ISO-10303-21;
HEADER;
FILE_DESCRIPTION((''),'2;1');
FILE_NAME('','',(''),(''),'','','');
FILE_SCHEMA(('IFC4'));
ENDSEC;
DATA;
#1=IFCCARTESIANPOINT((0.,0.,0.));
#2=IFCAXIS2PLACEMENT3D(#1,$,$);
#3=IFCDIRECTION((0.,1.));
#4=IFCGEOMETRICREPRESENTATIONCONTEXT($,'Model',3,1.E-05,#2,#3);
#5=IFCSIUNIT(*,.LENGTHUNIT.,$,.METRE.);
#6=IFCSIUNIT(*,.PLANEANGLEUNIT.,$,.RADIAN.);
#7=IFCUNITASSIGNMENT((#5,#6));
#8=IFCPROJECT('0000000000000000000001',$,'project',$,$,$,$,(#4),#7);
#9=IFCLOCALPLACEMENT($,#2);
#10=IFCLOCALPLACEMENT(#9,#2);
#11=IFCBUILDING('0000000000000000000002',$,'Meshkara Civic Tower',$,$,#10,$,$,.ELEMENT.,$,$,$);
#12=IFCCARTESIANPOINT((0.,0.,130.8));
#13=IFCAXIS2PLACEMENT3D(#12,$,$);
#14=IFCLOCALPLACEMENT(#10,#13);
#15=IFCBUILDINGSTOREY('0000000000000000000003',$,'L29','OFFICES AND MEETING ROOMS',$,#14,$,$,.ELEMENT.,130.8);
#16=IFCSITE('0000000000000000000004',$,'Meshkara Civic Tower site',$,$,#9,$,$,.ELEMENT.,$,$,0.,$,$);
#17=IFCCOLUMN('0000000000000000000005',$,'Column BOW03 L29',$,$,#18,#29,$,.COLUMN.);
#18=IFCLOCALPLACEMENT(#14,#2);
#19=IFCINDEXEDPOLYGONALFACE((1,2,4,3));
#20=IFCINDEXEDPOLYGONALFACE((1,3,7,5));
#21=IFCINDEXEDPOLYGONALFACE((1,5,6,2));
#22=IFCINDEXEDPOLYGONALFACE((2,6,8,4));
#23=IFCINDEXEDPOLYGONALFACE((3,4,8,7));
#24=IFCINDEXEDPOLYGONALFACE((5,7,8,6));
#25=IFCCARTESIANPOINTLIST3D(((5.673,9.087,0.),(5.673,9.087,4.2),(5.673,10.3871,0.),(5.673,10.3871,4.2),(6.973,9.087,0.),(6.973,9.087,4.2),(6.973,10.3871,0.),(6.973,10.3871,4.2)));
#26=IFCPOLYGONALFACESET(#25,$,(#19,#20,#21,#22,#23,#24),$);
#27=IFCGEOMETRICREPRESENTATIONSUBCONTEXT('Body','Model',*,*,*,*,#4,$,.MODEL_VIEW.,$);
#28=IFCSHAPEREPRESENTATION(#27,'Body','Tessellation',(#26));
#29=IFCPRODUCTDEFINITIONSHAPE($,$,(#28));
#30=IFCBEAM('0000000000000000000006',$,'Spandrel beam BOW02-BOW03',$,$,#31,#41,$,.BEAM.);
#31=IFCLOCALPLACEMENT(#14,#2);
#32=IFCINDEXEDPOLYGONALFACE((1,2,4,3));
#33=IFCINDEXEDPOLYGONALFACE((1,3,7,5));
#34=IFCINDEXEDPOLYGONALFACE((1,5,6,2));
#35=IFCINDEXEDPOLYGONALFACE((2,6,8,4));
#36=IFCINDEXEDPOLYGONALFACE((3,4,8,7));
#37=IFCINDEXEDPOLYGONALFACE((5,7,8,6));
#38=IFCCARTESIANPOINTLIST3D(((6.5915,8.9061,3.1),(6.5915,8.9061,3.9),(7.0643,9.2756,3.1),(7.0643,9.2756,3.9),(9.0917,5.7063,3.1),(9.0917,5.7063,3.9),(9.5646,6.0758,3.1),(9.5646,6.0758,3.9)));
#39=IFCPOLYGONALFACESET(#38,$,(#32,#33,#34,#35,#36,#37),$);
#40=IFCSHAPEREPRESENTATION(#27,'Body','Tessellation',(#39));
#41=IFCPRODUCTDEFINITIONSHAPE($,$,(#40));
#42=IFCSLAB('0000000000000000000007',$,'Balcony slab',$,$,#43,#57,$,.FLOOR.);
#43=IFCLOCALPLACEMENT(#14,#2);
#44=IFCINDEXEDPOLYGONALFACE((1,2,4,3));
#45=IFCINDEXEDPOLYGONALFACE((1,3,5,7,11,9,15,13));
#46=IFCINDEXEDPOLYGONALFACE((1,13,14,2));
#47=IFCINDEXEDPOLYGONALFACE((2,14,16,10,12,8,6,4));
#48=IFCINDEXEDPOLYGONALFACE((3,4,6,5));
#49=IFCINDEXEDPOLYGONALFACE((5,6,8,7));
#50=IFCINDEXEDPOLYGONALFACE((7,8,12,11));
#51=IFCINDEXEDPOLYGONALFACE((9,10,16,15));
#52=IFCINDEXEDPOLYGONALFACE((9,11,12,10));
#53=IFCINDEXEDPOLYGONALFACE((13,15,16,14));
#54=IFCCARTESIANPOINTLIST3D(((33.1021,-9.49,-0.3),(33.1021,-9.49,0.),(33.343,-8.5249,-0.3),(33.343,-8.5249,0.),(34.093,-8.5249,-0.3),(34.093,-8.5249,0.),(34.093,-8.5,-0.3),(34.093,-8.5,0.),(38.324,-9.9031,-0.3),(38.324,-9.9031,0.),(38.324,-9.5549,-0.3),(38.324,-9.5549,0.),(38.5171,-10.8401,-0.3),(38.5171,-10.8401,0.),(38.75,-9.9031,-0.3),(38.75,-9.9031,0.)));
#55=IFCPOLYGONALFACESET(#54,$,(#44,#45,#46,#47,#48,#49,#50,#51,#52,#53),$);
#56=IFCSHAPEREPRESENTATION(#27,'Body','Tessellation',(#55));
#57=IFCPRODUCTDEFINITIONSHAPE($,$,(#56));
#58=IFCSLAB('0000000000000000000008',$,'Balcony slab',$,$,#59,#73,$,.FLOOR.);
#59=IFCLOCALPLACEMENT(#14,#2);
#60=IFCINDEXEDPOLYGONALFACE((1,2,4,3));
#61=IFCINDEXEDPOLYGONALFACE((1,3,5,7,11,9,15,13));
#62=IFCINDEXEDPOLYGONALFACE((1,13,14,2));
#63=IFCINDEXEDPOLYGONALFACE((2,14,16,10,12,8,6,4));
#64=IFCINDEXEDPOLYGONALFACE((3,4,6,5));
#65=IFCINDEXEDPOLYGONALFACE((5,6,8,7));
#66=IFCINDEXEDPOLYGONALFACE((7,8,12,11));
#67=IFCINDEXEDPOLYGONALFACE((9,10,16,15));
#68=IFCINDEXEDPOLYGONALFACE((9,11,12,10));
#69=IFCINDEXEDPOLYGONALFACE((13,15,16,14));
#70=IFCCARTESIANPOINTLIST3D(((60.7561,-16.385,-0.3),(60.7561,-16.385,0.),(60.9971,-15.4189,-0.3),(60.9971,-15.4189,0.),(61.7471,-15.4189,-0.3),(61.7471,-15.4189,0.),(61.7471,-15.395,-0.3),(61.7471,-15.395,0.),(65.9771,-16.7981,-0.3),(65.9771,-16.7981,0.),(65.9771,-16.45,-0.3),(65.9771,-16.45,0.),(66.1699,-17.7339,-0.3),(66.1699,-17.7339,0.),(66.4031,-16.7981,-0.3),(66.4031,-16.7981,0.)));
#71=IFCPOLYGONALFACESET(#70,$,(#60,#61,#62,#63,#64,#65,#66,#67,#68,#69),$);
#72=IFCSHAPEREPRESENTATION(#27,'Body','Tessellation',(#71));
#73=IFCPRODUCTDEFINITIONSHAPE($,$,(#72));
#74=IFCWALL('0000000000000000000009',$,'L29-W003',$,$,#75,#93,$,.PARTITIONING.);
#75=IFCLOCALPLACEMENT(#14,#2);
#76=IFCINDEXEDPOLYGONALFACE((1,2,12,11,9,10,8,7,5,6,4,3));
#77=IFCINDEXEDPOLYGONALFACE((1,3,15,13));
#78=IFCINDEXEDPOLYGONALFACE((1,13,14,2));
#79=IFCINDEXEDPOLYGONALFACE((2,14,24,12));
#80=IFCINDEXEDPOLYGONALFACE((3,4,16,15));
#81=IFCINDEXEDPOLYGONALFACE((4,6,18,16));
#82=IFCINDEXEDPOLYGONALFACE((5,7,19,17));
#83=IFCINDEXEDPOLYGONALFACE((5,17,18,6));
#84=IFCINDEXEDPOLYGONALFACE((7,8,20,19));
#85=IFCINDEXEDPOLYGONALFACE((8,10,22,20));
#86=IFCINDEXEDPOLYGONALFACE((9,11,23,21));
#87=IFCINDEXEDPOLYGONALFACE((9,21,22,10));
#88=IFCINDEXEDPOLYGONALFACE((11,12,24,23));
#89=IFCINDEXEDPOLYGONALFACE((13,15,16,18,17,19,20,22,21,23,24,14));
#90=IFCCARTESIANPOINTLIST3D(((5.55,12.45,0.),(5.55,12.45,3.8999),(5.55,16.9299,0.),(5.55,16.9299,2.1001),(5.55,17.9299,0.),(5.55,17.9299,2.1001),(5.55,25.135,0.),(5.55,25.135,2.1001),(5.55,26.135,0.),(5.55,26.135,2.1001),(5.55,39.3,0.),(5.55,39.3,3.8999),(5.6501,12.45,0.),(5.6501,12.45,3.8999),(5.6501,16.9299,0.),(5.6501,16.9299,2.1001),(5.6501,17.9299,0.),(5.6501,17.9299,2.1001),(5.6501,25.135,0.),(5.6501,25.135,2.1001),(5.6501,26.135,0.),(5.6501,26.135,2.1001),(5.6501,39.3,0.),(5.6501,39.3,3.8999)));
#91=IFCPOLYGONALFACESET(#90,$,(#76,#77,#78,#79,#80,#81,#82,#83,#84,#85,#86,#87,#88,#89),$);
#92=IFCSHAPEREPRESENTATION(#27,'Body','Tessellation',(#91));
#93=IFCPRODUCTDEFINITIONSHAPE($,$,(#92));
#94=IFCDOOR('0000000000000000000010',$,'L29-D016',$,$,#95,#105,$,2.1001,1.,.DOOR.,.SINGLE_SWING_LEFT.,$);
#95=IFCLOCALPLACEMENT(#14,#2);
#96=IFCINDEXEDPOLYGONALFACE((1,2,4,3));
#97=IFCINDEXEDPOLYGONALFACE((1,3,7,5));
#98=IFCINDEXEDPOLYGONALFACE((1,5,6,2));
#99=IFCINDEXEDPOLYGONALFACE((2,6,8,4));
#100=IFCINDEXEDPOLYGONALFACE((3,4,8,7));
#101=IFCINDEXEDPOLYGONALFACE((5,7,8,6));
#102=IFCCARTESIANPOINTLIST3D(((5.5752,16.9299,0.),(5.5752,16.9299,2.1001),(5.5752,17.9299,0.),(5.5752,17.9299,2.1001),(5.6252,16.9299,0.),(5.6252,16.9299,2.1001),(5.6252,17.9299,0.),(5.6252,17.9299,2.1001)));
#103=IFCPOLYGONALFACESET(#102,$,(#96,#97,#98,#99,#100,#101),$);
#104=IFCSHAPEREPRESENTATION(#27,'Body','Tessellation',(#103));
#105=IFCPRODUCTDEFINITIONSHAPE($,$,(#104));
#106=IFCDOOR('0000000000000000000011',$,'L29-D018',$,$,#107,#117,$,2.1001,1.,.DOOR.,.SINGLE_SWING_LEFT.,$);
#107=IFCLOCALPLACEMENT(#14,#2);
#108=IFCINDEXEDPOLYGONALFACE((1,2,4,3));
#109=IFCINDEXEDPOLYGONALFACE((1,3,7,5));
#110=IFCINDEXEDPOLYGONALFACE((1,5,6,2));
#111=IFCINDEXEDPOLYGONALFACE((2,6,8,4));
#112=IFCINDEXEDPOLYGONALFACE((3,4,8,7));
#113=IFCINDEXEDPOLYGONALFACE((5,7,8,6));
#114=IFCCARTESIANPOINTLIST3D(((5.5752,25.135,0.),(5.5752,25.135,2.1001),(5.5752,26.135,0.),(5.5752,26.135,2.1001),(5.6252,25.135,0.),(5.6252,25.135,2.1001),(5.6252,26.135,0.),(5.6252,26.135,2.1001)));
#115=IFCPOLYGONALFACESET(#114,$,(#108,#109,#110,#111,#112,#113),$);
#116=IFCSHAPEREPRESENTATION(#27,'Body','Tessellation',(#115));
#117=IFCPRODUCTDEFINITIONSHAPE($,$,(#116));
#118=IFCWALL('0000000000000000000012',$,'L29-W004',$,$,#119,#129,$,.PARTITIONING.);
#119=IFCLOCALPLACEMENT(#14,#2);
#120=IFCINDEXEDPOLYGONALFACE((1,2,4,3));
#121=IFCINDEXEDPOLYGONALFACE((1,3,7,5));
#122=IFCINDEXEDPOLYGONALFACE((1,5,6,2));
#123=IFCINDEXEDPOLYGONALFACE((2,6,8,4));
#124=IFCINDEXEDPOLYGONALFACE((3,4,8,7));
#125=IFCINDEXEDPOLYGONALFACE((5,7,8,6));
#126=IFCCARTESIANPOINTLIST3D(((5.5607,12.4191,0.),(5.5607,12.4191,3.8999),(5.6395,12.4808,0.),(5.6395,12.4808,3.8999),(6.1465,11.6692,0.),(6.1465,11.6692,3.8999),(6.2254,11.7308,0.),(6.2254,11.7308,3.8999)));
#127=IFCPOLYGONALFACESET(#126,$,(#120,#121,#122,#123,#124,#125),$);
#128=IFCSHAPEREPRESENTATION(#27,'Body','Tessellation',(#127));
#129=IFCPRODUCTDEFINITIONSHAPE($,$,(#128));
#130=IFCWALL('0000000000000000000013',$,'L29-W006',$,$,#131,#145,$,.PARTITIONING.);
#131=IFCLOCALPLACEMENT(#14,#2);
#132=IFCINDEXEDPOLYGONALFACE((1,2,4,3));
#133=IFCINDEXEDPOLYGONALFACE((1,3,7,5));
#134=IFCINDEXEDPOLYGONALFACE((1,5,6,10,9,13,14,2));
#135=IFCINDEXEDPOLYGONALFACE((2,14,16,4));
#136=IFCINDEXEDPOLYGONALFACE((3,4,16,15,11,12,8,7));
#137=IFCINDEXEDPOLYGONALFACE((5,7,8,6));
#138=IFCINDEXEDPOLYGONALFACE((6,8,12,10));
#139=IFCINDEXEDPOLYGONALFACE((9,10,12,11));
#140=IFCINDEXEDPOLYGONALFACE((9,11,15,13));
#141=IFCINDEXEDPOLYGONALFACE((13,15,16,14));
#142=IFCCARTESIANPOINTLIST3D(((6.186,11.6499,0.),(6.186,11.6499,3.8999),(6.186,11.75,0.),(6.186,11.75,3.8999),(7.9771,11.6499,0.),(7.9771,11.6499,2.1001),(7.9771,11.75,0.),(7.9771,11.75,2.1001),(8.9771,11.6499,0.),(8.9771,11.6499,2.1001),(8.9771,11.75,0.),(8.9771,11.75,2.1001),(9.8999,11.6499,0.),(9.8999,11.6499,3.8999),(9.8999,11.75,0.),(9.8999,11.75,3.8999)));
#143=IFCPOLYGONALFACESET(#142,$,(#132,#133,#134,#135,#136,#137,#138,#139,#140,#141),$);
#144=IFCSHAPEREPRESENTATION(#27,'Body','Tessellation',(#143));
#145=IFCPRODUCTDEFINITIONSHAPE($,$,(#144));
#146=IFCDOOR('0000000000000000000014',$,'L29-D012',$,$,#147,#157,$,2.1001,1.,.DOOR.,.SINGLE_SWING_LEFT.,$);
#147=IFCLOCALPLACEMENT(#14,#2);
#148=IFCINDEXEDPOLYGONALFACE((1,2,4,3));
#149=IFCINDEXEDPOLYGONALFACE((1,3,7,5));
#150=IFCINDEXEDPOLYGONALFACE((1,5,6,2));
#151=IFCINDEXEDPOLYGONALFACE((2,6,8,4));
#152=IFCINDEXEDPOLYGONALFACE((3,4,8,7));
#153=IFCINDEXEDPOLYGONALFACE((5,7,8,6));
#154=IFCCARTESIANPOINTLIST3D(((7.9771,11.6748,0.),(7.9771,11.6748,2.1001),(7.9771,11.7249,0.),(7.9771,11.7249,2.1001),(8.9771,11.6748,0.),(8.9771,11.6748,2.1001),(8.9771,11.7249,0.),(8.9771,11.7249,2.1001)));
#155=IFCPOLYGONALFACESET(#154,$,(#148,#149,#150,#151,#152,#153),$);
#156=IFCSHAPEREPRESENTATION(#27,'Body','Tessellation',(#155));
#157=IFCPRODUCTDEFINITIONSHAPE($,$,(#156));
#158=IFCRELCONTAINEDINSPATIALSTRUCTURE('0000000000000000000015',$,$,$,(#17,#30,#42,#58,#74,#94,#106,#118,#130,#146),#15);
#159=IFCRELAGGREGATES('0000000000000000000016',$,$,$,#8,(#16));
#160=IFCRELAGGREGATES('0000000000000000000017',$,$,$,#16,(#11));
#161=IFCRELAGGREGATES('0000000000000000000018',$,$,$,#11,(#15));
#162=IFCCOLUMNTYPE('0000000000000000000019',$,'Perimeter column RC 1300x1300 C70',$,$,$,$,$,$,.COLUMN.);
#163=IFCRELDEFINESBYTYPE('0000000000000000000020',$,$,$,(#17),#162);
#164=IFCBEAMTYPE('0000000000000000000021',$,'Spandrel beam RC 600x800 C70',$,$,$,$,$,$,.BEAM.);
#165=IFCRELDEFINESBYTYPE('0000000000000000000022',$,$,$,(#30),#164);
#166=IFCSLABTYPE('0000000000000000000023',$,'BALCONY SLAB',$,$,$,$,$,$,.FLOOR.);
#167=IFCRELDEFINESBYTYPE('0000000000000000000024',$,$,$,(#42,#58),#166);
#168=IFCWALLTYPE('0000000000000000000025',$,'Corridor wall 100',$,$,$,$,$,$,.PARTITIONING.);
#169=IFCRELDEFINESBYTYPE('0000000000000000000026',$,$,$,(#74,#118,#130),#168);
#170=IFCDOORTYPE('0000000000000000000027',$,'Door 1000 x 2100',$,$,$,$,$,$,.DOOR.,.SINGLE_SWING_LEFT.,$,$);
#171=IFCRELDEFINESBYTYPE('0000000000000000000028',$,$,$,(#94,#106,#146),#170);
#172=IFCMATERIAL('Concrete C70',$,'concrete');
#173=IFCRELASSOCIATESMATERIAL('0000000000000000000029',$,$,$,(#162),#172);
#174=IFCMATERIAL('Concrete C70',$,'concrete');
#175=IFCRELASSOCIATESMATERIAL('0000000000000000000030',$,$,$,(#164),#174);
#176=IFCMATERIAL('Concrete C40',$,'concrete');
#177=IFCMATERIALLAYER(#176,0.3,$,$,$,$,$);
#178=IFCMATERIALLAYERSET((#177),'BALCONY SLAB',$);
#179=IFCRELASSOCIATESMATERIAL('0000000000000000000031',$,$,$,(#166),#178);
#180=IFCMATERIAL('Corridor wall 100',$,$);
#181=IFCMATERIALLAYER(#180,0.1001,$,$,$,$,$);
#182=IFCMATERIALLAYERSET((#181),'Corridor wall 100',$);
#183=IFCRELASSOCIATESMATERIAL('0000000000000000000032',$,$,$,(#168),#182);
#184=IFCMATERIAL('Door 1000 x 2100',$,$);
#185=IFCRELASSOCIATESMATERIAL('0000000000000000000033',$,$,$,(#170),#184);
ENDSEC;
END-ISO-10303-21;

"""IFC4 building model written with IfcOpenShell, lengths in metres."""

from ifc_helpers import new_model, si_unit, direction, frame, frame_2d, origin, origin_2d, place, context, subcontext, project, spatial, polyline, rectangle, outline, extrude, material, layer, layer_set, material_profile, profile_set, type_object, element, fill, save


model = new_model("IFC4")

# Units and contexts
model_context = context("Model", 3, precision=1e-05, world=origin(), true_north=direction((0.0, 1.0)))
body_context = subcontext(model_context, "Body", "Model", "MODEL_VIEW")
ifc_project = project(units=[si_unit("LENGTHUNIT", "METRE"), si_unit("PLANEANGLEUNIT", "RADIAN")], contexts=[model_context])

# Site, building, storey
site_placement = place(None, origin())
site = spatial("IfcSite", under=ifc_project, at=site_placement, Name="Meshkara Civic Tower site", CompositionType="ELEMENT", RefElevation=0.0)
building_placement = place(site_placement, origin())
building = spatial("IfcBuilding", under=site, at=building_placement, Name="Meshkara Civic Tower", CompositionType="ELEMENT")
storey_placement = place(building_placement, frame((0.0, 0.0, 130.8)))
storey = spatial("IfcBuildingStorey", under=building, at=storey_placement, Name="L29", Description="OFFICES AND MEETING ROOMS", CompositionType="ELEMENT", Elevation=130.8)

# Column
ifc_material_1 = material(Name="Concrete C70", Category="concrete")
ifc_material_profile_1 = material_profile(ifc_material_1, rectangle(XDim=1.3, YDim=1.3, at=origin_2d()))
ifc_profile_set_1 = profile_set([ifc_material_profile_1], Name="Concrete C70")
column_type = type_object("IfcColumnType", Name="Perimeter column RC 1300x1300 C70", PredefinedType="COLUMN", material=ifc_profile_set_1)
column_placement = place(storey_placement, frame((6.323, 9.7371, 0.0), z_axis=(0.0, 0.0, 1.0), x_axis=(1.0, 0.0, 0.0)))
element("IfcColumn", 1, at=column_placement, inside=storey, type_object=column_type, Name="Column BOW03 L29", PredefinedType="COLUMN", context=body_context, shape_type="SweptSolid", body=[
    extrude(rectangle(XDim=1.3, YDim=1.3, at=origin_2d()), origin(), (0.0, 0.0, 1.0), 4.2),
])

# Beam
ifc_material_2 = material(Name="Concrete C70", Category="concrete")
ifc_material_profile_2 = material_profile(ifc_material_2, rectangle(XDim=0.6001, YDim=0.8, at=origin_2d()))
ifc_profile_set_2 = profile_set([ifc_material_profile_2], Name="Concrete C70")
beam_type = type_object("IfcBeamType", Name="Spandrel beam RC 600x800 C70", PredefinedType="BEAM", material=ifc_profile_set_2)
beam_placement = place(storey_placement, frame((6.8279, 9.0908, 3.5), z_axis=(0.615716, -0.787968, 0.0), x_axis=(0.787968, 0.615716, 0.0)))
element("IfcBeam", 2, at=beam_placement, inside=storey, type_object=beam_type, Name="Spandrel beam BOW02-BOW03", PredefinedType="BEAM", context=body_context, shape_type="SweptSolid", body=[
    extrude(rectangle(XDim=0.6001, YDim=0.8, at=origin_2d()), origin(), (0.0, 0.0, 1.0), 4.0608),
])

# Slabs
ifc_material_3 = material(Name="Concrete C40", Category="concrete")
ifc_layer_1 = layer(ifc_material_3, 0.3)
ifc_layer_set_1 = layer_set([ifc_layer_1], Name="BALCONY SLAB")
slab_type = type_object("IfcSlabType", Name="BALCONY SLAB", PredefinedType="FLOOR", material=ifc_layer_set_1)
slab_1_placement = place(storey_placement, frame((0.0, 0.0, -0.3)))
element("IfcSlab", 3, at=slab_1_placement, inside=storey, type_object=slab_type, Name="Balcony slab", PredefinedType="FLOOR", context=body_context, shape_type="SweptSolid", body=[
    extrude(outline(polyline([(38.5171, -10.8401), (33.1021, -9.49), (33.343, -8.5249), (34.093, -8.5249), (34.093, -8.5), (38.324, -9.5549), (38.324, -9.9031), (38.75, -9.9031), (38.5171, -10.8401)])), origin(), (0.0, 0.0, 1.0), 0.3),
])
slab_2_placement = place(storey_placement, frame((0.0, 0.0, -0.3)))
element("IfcSlab", 4, at=slab_2_placement, inside=storey, type_object=slab_type, Name="Balcony slab", PredefinedType="FLOOR", context=body_context, shape_type="SweptSolid", body=[
    extrude(outline(polyline([(66.1699, -17.7339), (60.7561, -16.385), (60.9971, -15.4189), (61.7471, -15.4189), (61.7471, -15.395), (65.9771, -16.45), (65.9771, -16.7981), (66.4031, -16.7981), (66.1699, -17.7339)])), origin(), (0.0, 0.0, 1.0), 0.3),
])

# Wall, openings, doors
ifc_material_4 = material(Name="Corridor wall 100")
ifc_layer_2 = layer(ifc_material_4, 0.1001)
ifc_layer_set_2 = layer_set([ifc_layer_2], Name="Corridor wall 100")
wall_type_1 = type_object("IfcWallType", Name="Corridor wall 100", PredefinedType="PARTITIONING", material=ifc_layer_set_2)
wall_1_placement = place(storey_placement, frame((5.6001, 12.45, 0.0), z_axis=(0.0, 0.0, 1.0), x_axis=(0.0, 1.0, 0.0)))
wall_1 = element("IfcWall", 5, at=wall_1_placement, inside=storey, type_object=wall_type_1, Name="L29-W003", PredefinedType="PARTITIONING", context=body_context, shape_type="SweptSolid", body=[
    extrude(rectangle(XDim=26.8501, YDim=0.1001, at=frame_2d((13.425, 0.0))), origin(), (0.0, 0.0, 1.0), 3.8999),
])
opening_1_placement = place(wall_1_placement, frame((4.48, 0.0, 0.0)))
opening_1 = element("IfcOpeningElement", 6, at=opening_1_placement, cuts=wall_1, PredefinedType="OPENING", context=body_context, shape_type="SweptSolid", body=[
    extrude(rectangle(XDim=1.0, YDim=2.1001, at=frame_2d((0.5, 1.05))), frame((0.0, 0.0601, 0.0), z_axis=(0.0, -1.0, 0.0), x_axis=(1.0, 0.0, 0.0)), (0.0, 0.0, 1.0), 0.1201),
])
opening_2_placement = place(wall_1_placement, frame((12.6851, 0.0, 0.0)))
opening_2 = element("IfcOpeningElement", 7, at=opening_2_placement, cuts=wall_1, PredefinedType="OPENING", context=body_context, shape_type="SweptSolid", body=[
    extrude(rectangle(XDim=1.0, YDim=2.1001, at=frame_2d((0.5, 1.05))), frame((0.0, 0.0601, 0.0), z_axis=(0.0, -1.0, 0.0), x_axis=(1.0, 0.0, 0.0)), (0.0, 0.0, 1.0), 0.1201),
])
ifc_material_5 = material(Name="Door 1000 x 2100")
door_type_1 = type_object("IfcDoorType", Name="Door 1000 x 2100", OperationType="SINGLE_SWING_LEFT", PredefinedType="DOOR", material=ifc_material_5)
door_1_placement = place(opening_1_placement, origin())
door_1 = element("IfcDoor", 8, at=door_1_placement, inside=storey, type_object=door_type_1, Name="L29-D016", OperationType="SINGLE_SWING_LEFT", OverallHeight=2.1001, OverallWidth=1.0, PredefinedType="DOOR", context=body_context, shape_type="SweptSolid", body=[
    extrude(rectangle(XDim=1.0, YDim=2.1001, at=frame_2d((0.5, 1.05))), frame((0.0, 0.0249, 0.0), z_axis=(0.0, -1.0, 0.0), x_axis=(1.0, 0.0, 0.0)), (0.0, 0.0, 1.0), 0.05),
])
fill(opening_1, door_1)
door_2_placement = place(opening_2_placement, origin())
door_2 = element("IfcDoor", 9, at=door_2_placement, inside=storey, type_object=door_type_1, Name="L29-D018", OperationType="SINGLE_SWING_LEFT", OverallHeight=2.1001, OverallWidth=1.0, PredefinedType="DOOR", context=body_context, shape_type="SweptSolid", body=[
    extrude(rectangle(XDim=1.0, YDim=2.1001, at=frame_2d((0.5, 1.05))), frame((0.0, 0.0249, 0.0), z_axis=(0.0, -1.0, 0.0), x_axis=(1.0, 0.0, 0.0)), (0.0, 0.0, 1.0), 0.05),
])
fill(opening_2, door_2)

# Wall
wall_2_placement = place(storey_placement, frame((5.6001, 12.45, 0.0), z_axis=(0.0, 0.0, 1.0), x_axis=(0.615644, -0.788024, 0.0)))
element("IfcWall", 10, at=wall_2_placement, inside=storey, type_object=wall_type_1, Name="L29-W004", PredefinedType="PARTITIONING", context=body_context, shape_type="SweptSolid", body=[
    extrude(rectangle(XDim=0.9517, YDim=0.1001, at=frame_2d((0.4758, 0.0))), origin(), (0.0, 0.0, 1.0), 3.8999),
])

# Wall, opening, door
wall_3_placement = place(storey_placement, frame((6.186, 11.7, 0.0), z_axis=(0.0, 0.0, 1.0), x_axis=(1.0, 0.0, 0.0)))
wall_3 = element("IfcWall", 11, at=wall_3_placement, inside=storey, type_object=wall_type_1, Name="L29-W006", PredefinedType="PARTITIONING", context=body_context, shape_type="SweptSolid", body=[
    extrude(rectangle(XDim=3.7139, YDim=0.1001, at=frame_2d((1.8569, 0.0))), origin(), (0.0, 0.0, 1.0), 3.8999),
])
opening_3_placement = place(wall_3_placement, frame((1.791, 0.0, 0.0)))
opening_3 = element("IfcOpeningElement", 12, at=opening_3_placement, cuts=wall_3, PredefinedType="OPENING", context=body_context, shape_type="SweptSolid", body=[
    extrude(rectangle(XDim=1.0, YDim=2.1001, at=frame_2d((0.5, 1.05))), frame((0.0, 0.0601, 0.0), z_axis=(0.0, -1.0, 0.0), x_axis=(1.0, 0.0, 0.0)), (0.0, 0.0, 1.0), 0.1201),
])
door_3_placement = place(opening_3_placement, origin())
door_3 = element("IfcDoor", 13, at=door_3_placement, inside=storey, type_object=door_type_1, Name="L29-D012", OperationType="SINGLE_SWING_LEFT", OverallHeight=2.1001, OverallWidth=1.0, PredefinedType="DOOR", context=body_context, shape_type="SweptSolid", body=[
    extrude(rectangle(XDim=1.0, YDim=2.1001, at=frame_2d((0.5, 1.05))), frame((0.0, 0.0249, 0.0), z_axis=(0.0, -1.0, 0.0), x_axis=(1.0, 0.0, 0.0)), (0.0, 0.0, 1.0), 0.05),
])
fill(opening_3, door_3)

save(model, "model.ifc")
